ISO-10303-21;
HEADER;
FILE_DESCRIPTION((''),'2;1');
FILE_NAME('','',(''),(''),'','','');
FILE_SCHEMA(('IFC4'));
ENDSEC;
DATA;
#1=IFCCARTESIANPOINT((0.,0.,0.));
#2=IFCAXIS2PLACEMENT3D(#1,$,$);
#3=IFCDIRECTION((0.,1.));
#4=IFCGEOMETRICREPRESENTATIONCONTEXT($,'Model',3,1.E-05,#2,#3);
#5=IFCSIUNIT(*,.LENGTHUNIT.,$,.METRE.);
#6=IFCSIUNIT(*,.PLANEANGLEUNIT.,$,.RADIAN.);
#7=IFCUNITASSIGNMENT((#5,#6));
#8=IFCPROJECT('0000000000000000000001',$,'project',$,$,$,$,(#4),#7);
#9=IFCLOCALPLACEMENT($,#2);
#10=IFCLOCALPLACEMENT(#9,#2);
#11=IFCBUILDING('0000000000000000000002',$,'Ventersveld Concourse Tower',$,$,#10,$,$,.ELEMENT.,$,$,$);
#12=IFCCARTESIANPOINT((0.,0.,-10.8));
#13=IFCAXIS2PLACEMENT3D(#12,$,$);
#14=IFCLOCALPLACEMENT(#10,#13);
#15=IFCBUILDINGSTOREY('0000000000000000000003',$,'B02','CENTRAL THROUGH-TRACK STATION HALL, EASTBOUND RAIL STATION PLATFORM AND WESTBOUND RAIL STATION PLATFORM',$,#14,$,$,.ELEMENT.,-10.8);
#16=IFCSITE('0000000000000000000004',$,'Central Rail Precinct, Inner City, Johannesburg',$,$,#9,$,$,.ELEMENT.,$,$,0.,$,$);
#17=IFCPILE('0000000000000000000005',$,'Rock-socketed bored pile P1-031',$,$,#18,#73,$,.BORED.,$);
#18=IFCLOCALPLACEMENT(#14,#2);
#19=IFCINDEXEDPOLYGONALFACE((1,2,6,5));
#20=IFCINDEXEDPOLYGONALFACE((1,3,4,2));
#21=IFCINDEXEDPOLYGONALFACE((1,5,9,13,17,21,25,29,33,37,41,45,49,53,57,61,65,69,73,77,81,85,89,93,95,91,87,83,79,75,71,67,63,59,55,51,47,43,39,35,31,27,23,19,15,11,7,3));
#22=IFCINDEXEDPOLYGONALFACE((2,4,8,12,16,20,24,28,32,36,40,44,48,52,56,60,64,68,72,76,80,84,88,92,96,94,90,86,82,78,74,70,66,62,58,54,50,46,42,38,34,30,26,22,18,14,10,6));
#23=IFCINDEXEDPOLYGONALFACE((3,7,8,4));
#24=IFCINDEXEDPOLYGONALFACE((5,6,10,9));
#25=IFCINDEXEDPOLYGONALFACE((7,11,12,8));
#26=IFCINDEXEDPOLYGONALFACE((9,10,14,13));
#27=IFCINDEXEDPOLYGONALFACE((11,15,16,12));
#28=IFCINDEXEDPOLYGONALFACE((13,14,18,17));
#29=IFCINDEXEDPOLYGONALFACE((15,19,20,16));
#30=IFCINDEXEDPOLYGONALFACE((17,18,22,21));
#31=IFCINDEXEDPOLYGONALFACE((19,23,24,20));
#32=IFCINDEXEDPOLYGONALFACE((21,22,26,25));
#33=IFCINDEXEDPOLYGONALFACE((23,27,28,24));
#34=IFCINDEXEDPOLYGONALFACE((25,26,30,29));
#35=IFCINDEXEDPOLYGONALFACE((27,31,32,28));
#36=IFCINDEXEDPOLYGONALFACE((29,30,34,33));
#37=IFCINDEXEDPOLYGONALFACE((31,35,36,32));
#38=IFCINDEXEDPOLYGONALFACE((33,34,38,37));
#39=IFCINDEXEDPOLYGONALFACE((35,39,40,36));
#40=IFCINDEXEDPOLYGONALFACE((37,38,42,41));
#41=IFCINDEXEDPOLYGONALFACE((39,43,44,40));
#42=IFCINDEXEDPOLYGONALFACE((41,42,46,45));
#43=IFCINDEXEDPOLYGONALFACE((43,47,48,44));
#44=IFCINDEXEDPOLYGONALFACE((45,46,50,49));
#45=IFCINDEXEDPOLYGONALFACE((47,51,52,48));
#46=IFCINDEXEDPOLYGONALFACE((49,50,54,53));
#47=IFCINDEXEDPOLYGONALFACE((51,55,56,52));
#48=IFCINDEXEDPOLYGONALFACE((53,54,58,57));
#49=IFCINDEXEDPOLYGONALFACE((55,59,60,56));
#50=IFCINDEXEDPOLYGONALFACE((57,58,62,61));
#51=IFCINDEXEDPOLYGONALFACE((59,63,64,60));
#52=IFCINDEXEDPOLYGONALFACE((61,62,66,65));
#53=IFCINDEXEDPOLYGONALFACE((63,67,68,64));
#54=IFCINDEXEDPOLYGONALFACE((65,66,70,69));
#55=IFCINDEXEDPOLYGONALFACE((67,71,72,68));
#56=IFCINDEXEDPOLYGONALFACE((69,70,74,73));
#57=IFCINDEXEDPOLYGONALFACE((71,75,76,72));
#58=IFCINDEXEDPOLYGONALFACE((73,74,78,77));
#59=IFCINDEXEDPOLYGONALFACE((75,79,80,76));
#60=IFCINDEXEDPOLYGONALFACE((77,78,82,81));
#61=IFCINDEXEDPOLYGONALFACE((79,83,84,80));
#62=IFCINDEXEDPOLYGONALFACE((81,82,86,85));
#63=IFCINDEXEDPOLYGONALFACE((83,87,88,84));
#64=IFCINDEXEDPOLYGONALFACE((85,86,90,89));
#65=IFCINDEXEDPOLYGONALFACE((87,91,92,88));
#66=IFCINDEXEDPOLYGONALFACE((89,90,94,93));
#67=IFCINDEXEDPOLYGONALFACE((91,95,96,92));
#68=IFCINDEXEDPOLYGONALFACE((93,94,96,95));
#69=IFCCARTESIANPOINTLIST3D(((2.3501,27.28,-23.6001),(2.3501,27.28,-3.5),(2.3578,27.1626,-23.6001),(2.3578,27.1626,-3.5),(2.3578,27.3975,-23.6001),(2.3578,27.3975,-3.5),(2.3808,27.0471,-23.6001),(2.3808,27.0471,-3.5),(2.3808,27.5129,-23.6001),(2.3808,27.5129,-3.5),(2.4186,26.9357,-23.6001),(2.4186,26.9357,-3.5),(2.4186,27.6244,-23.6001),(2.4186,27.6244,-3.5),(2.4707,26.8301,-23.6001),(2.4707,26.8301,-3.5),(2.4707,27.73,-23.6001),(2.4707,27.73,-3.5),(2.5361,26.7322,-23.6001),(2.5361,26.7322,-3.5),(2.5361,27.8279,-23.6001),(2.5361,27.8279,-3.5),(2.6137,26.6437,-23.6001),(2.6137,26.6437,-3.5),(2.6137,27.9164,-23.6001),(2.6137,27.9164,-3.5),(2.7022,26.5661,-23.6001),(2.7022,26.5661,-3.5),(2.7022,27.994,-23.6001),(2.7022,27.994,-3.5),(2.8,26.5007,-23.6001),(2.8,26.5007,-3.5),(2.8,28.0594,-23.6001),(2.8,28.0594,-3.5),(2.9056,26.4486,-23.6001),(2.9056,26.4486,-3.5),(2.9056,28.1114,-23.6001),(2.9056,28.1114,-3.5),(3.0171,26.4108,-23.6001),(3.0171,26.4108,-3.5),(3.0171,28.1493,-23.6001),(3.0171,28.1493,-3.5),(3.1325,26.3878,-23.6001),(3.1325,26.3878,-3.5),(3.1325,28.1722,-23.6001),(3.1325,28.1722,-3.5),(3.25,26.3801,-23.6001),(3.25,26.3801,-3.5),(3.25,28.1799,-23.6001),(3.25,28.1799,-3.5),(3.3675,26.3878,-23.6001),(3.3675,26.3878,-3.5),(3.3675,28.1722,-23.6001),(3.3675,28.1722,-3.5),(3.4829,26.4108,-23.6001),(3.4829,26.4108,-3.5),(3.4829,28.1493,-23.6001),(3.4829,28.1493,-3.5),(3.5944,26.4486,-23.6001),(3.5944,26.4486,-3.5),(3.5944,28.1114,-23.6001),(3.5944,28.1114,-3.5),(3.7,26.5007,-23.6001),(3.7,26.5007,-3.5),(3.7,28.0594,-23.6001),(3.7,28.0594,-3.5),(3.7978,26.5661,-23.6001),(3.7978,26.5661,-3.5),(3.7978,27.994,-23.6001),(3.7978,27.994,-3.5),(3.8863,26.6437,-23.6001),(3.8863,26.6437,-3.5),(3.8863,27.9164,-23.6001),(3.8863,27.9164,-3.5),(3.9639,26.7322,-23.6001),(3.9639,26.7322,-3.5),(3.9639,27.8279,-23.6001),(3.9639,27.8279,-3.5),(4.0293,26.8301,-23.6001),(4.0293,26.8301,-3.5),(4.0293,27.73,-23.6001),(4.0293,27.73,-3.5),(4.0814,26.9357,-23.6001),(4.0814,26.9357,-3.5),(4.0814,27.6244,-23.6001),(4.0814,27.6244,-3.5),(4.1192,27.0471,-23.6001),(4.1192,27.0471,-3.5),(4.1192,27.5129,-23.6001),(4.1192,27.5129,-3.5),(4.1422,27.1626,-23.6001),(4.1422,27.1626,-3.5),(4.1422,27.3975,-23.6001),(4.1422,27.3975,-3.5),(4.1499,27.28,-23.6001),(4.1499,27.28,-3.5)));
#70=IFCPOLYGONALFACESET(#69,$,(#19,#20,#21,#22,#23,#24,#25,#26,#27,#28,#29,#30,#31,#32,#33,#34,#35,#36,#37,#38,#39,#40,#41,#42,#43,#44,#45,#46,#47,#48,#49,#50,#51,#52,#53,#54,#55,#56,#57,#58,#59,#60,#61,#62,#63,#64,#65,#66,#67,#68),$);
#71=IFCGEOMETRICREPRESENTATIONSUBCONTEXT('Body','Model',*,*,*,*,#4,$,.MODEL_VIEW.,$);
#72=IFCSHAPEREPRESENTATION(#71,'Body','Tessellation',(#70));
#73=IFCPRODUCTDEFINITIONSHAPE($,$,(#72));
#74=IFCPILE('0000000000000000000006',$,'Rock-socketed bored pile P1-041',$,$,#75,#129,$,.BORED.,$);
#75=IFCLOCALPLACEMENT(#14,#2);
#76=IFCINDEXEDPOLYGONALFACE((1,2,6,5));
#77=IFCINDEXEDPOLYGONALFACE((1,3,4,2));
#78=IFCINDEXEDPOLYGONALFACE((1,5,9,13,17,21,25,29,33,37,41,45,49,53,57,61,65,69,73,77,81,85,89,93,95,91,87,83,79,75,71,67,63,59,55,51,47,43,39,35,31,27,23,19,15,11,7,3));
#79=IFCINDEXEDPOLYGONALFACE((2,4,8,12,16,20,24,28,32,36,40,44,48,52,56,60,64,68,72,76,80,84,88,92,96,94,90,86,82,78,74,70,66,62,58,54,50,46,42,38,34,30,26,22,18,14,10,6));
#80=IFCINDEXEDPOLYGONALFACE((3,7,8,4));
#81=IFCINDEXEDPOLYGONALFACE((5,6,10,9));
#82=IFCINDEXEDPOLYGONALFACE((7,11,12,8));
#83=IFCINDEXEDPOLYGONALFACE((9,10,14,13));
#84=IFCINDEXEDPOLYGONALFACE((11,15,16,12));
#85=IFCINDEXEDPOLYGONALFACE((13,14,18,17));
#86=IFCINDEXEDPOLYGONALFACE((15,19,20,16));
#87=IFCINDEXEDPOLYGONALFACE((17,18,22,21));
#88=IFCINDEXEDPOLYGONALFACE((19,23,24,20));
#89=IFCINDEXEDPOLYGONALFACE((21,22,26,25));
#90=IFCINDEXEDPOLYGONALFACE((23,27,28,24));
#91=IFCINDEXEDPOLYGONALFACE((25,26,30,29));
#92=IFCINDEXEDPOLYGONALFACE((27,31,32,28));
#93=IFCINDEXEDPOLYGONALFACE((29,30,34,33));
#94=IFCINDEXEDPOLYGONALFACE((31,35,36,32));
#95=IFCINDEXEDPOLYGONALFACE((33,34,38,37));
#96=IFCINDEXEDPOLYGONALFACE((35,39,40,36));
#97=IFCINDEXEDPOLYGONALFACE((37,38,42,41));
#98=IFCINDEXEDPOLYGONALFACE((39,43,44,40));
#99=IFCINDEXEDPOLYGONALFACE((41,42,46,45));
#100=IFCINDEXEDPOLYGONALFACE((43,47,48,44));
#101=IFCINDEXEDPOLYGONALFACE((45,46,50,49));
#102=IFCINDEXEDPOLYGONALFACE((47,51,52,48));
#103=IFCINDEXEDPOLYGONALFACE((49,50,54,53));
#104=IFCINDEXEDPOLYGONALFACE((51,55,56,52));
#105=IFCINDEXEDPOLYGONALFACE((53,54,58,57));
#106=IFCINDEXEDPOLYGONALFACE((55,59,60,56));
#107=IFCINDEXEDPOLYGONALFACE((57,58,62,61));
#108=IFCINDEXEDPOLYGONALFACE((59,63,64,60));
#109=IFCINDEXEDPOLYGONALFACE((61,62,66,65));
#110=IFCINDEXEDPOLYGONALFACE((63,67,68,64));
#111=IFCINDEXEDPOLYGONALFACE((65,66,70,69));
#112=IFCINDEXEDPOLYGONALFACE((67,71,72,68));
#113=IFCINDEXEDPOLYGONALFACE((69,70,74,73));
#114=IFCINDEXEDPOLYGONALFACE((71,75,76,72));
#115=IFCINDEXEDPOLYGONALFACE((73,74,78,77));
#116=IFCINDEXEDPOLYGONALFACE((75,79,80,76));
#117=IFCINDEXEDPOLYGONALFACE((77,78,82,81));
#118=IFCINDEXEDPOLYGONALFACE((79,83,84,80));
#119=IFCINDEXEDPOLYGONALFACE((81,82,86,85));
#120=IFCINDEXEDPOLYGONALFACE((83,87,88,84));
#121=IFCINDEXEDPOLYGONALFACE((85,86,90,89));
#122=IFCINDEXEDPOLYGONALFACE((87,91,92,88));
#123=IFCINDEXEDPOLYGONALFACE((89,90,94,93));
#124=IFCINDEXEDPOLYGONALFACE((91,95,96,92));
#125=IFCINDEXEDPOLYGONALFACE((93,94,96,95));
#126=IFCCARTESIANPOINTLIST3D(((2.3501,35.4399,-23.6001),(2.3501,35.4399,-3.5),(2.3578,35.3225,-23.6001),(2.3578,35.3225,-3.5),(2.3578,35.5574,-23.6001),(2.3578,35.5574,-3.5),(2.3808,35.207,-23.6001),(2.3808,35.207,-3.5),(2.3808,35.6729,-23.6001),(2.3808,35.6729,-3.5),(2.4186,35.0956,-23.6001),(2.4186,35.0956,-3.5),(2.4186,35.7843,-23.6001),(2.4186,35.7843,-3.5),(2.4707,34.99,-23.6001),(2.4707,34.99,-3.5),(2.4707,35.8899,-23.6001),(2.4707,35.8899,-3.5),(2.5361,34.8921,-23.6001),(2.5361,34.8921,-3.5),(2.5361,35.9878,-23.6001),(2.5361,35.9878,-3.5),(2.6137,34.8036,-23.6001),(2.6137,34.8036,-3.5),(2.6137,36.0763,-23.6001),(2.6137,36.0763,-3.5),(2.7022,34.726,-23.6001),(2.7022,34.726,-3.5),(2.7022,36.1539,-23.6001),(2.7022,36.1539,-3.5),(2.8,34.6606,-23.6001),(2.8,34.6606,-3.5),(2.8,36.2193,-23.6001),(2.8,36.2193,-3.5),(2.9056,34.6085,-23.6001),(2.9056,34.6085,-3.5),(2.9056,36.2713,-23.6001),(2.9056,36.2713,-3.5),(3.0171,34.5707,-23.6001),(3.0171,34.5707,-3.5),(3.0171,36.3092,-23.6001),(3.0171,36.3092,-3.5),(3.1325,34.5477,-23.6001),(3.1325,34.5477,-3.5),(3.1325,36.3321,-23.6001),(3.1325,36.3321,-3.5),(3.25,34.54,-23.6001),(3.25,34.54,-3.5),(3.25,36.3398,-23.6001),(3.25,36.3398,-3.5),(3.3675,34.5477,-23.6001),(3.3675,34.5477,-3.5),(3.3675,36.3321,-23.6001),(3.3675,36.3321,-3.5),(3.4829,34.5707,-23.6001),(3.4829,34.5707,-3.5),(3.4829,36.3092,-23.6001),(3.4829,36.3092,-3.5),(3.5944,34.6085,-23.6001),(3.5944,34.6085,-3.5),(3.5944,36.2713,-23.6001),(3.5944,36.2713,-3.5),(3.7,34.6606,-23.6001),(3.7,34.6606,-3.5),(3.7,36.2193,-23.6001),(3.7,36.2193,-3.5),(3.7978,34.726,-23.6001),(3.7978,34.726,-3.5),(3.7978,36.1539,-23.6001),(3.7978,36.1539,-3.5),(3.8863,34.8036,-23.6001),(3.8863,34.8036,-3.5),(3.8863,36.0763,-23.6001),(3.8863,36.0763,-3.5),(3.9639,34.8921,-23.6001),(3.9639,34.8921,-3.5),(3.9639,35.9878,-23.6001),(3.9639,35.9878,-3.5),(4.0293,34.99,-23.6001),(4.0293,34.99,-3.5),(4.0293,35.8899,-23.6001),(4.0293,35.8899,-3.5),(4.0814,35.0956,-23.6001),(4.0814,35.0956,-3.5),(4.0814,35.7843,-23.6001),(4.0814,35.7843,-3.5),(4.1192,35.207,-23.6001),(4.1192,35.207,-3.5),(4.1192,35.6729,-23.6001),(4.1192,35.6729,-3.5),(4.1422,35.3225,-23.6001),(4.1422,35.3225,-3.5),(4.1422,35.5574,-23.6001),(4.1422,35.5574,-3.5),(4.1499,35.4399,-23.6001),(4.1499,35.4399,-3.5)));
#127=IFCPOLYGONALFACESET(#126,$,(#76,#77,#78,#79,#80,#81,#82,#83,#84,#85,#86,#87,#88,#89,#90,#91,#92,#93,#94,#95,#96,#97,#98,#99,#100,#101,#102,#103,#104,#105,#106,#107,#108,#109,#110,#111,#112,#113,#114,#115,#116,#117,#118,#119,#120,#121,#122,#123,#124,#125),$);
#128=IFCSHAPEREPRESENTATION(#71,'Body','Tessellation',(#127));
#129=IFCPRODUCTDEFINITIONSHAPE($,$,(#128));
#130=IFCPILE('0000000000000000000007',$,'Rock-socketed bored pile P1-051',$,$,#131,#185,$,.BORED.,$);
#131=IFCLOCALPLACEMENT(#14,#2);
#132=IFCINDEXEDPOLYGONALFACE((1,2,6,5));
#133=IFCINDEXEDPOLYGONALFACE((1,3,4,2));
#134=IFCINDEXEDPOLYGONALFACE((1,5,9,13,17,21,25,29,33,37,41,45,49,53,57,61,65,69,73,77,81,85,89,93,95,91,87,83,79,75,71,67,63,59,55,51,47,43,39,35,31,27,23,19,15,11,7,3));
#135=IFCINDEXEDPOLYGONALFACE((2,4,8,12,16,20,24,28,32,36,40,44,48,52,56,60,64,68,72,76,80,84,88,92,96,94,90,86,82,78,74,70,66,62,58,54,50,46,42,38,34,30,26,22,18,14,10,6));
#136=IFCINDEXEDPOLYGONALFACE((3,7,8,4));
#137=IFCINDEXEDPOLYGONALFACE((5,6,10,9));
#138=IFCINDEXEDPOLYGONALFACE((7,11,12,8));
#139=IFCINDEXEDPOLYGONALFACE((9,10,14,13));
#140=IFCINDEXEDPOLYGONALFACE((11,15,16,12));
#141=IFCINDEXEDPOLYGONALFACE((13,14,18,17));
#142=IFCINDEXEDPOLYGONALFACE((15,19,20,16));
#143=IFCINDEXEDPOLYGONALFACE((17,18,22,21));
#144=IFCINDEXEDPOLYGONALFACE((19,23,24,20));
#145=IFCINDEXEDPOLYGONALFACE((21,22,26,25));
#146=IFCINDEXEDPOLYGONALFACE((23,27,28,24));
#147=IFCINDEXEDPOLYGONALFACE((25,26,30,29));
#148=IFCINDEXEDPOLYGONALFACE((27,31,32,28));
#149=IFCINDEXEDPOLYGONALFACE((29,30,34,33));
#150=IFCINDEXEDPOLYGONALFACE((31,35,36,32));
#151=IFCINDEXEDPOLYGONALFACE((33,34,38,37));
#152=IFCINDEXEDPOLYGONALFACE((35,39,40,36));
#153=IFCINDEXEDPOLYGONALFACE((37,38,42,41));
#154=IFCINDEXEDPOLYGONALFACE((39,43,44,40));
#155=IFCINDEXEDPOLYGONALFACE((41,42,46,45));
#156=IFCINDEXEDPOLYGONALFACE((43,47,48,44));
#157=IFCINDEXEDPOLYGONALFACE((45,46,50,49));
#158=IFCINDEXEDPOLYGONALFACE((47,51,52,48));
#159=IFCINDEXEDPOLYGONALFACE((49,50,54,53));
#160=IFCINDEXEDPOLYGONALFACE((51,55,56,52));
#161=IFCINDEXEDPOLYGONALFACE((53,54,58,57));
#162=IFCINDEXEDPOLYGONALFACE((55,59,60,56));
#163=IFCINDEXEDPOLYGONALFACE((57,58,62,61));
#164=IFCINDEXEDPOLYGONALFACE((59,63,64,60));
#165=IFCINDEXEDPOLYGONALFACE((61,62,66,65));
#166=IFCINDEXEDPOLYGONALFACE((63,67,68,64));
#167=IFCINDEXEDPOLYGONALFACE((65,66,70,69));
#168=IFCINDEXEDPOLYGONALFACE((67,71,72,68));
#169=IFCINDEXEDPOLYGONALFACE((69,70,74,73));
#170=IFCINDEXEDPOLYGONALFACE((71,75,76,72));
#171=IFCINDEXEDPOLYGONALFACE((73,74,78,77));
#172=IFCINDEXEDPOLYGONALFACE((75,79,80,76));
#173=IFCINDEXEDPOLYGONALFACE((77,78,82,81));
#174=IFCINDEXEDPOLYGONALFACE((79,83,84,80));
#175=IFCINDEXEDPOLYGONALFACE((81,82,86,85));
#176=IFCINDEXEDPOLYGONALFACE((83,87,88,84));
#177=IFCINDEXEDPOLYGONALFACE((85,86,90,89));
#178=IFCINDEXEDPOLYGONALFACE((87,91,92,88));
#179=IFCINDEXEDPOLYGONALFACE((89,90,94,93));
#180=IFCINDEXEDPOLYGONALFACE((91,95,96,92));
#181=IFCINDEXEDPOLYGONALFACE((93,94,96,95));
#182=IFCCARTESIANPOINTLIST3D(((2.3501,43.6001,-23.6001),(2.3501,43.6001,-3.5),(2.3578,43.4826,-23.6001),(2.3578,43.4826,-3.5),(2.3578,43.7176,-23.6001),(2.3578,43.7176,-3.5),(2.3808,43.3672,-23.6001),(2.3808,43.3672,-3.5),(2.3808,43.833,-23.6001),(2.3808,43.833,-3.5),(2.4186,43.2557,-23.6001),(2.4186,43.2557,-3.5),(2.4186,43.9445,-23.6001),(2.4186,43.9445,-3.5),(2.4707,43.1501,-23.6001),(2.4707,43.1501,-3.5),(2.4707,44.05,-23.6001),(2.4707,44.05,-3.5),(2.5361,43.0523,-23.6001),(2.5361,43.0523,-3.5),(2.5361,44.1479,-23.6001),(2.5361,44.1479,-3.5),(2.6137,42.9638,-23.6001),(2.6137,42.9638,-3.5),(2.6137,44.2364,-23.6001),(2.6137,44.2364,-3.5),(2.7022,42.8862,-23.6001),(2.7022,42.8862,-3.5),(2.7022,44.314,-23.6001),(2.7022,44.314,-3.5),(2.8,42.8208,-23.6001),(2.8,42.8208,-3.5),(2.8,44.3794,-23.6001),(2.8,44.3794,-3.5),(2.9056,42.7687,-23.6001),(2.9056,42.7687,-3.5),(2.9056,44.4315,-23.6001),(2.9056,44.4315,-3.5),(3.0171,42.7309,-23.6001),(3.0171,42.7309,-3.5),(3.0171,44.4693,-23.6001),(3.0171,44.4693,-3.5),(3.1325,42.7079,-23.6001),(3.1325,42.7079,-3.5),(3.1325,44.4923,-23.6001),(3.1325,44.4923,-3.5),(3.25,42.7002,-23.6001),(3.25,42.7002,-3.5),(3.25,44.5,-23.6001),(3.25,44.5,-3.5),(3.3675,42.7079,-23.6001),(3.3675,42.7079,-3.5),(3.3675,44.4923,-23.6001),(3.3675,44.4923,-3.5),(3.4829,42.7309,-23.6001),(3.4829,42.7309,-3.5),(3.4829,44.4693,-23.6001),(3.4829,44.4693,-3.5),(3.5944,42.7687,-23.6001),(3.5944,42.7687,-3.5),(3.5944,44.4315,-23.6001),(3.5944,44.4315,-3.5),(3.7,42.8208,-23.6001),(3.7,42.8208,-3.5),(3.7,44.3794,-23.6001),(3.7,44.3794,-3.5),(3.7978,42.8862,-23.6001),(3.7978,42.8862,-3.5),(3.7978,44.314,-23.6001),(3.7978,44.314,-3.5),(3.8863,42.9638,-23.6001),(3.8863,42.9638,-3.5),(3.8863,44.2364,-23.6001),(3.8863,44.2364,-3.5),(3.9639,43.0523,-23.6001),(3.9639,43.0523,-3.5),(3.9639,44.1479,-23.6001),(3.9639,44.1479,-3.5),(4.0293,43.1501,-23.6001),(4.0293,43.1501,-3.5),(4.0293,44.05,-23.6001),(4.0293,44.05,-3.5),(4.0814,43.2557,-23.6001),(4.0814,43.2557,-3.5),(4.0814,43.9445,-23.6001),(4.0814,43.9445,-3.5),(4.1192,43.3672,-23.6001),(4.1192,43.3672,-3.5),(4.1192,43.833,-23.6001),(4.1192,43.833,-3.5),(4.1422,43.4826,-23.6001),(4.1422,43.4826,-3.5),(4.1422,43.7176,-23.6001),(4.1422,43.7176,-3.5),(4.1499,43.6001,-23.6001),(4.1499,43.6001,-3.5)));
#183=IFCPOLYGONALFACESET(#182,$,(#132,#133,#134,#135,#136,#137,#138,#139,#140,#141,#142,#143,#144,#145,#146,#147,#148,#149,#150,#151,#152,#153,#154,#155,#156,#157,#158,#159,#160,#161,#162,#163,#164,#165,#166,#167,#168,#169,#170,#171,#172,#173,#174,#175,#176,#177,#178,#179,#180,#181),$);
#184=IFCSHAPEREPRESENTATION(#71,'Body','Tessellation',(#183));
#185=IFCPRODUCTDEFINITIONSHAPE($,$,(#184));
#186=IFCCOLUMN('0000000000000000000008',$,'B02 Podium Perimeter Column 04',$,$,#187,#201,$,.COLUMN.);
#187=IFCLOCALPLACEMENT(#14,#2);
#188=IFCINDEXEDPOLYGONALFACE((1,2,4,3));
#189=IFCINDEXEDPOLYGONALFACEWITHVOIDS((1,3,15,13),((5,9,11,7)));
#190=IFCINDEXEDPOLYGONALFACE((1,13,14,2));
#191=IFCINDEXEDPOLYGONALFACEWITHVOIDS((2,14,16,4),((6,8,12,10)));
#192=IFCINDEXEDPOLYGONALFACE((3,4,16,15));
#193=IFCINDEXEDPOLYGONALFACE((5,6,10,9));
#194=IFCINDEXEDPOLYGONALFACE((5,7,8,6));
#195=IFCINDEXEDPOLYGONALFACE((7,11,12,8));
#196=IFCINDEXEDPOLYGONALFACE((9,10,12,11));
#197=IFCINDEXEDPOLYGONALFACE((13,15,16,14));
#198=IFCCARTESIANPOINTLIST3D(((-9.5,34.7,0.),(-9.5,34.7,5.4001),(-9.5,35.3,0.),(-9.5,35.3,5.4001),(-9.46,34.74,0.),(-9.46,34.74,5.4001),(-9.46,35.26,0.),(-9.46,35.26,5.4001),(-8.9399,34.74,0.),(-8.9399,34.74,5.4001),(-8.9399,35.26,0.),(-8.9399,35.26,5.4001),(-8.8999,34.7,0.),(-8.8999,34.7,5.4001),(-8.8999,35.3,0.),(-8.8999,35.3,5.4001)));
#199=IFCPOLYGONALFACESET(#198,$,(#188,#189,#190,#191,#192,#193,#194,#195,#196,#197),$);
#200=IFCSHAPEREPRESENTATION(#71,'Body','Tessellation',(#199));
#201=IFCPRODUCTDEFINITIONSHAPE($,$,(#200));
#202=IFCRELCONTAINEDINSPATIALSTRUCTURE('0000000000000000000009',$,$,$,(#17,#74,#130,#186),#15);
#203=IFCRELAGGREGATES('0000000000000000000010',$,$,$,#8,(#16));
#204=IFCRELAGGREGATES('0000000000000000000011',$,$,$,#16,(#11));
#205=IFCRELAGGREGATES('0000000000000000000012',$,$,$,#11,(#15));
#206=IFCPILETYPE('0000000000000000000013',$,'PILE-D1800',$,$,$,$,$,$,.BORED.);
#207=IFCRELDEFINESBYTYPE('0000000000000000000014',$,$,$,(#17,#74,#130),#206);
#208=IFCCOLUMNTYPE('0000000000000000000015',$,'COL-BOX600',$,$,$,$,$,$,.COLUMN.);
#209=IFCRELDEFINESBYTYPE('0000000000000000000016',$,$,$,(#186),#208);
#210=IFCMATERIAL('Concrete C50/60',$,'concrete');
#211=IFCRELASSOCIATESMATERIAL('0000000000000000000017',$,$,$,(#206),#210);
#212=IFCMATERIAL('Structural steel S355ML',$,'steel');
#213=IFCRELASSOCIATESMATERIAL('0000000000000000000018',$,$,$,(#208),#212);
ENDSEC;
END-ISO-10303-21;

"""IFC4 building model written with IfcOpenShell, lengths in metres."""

from ifc_helpers import new_model, si_unit, direction, frame, origin, origin_2d, place, context, subcontext, project, spatial, hollow_rectangle, circle, extrude, material, material_profile, profile_set, type_object, element, save


model = new_model("IFC4")

# Units and contexts
model_context = context("Model", 3, precision=1e-05, world=origin(), true_north=direction((0.0, 1.0)))
body_context = subcontext(model_context, "Body", "Model", "MODEL_VIEW")
ifc_project = project(units=[si_unit("LENGTHUNIT", "METRE"), si_unit("PLANEANGLEUNIT", "RADIAN")], contexts=[model_context])

# Site, building, storey
site_placement = place(None, origin())
site = spatial("IfcSite", under=ifc_project, at=site_placement, Name="Central Rail Precinct, Inner City, Johannesburg", CompositionType="ELEMENT", RefElevation=0.0)
building_placement = place(site_placement, origin())
building = spatial("IfcBuilding", under=site, at=building_placement, Name="Ventersveld Concourse Tower", CompositionType="ELEMENT")
storey_placement = place(building_placement, frame((0.0, 0.0, -10.8)))
storey = spatial("IfcBuildingStorey", under=building, at=storey_placement, Name="B02", Description="CENTRAL THROUGH-TRACK STATION HALL, EASTBOUND RAIL STATION PLATFORM AND WESTBOUND RAIL STATION PLATFORM", CompositionType="ELEMENT", Elevation=-10.8)

# Shared definitions
ifc_material_1 = material(Name="Concrete C50/60", Category="concrete")

# Piles
ifc_material_profile_1 = material_profile(ifc_material_1, circle(Radius=0.8999, at=origin_2d()), Name="PILE D1800")
ifc_profile_set_1 = profile_set([ifc_material_profile_1], Name="Concrete C50/60")
pile_type_1 = type_object("IfcPileType", Name="PILE-D1800", PredefinedType="BORED", material=ifc_profile_set_1)
for number, where, z_axis, x_axis, name in (
    (1, (3.25, 27.28, -3.5), (0.0, 0.0, -1.0), (1.0, 0.0, 0.0), "Rock-socketed bored pile P1-031"),
    (2, (3.25, 35.4399, -3.5), (0.0, 0.0, -1.0), (1.0, 0.0, 0.0), "Rock-socketed bored pile P1-041"),
    (3, (3.25, 43.6001, -3.5), (0.0, 0.0, -1.0), (1.0, 0.0, 0.0), "Rock-socketed bored pile P1-051"),
):
    element("IfcPile", number, at=place(storey_placement, frame(where, z_axis=z_axis, x_axis=x_axis)), inside=storey, type_object=pile_type_1, Name=name, PredefinedType="BORED", context=body_context, shape_type="SweptSolid", body=[
        extrude(circle(Radius=0.8999, at=origin_2d()), origin(), (0.0, 0.0, 1.0), 20.1001),
    ])

# Column
ifc_material_2 = material(Name="Structural steel S355ML", Category="steel")
ifc_material_profile_2 = material_profile(ifc_material_2, hollow_rectangle(XDim=0.6001, YDim=0.6001, WallThickness=0.04, at=origin_2d()), Name="BOX 600x600x40")
ifc_profile_set_2 = profile_set([ifc_material_profile_2], Name="Structural steel S355ML")
column_type_1 = type_object("IfcColumnType", Name="COL-BOX600", PredefinedType="COLUMN", material=ifc_profile_set_2)
for number, where, z_axis, x_axis, name in (
    (4, (-9.2, 35.0, 0.0), (0.0, 0.0, 1.0), (1.0, 0.0, 0.0), "B02 Podium Perimeter Column 04"),
):
    element("IfcColumn", number, at=place(storey_placement, frame(where, z_axis=z_axis, x_axis=x_axis)), inside=storey, type_object=column_type_1, Name=name, PredefinedType="COLUMN", context=body_context, shape_type="SweptSolid", body=[
        extrude(hollow_rectangle(XDim=0.6001, YDim=0.6001, WallThickness=0.04, at=origin_2d()), origin(), (0.0, 0.0, 1.0), 5.4001),
    ])

save(model, "model.ifc")
